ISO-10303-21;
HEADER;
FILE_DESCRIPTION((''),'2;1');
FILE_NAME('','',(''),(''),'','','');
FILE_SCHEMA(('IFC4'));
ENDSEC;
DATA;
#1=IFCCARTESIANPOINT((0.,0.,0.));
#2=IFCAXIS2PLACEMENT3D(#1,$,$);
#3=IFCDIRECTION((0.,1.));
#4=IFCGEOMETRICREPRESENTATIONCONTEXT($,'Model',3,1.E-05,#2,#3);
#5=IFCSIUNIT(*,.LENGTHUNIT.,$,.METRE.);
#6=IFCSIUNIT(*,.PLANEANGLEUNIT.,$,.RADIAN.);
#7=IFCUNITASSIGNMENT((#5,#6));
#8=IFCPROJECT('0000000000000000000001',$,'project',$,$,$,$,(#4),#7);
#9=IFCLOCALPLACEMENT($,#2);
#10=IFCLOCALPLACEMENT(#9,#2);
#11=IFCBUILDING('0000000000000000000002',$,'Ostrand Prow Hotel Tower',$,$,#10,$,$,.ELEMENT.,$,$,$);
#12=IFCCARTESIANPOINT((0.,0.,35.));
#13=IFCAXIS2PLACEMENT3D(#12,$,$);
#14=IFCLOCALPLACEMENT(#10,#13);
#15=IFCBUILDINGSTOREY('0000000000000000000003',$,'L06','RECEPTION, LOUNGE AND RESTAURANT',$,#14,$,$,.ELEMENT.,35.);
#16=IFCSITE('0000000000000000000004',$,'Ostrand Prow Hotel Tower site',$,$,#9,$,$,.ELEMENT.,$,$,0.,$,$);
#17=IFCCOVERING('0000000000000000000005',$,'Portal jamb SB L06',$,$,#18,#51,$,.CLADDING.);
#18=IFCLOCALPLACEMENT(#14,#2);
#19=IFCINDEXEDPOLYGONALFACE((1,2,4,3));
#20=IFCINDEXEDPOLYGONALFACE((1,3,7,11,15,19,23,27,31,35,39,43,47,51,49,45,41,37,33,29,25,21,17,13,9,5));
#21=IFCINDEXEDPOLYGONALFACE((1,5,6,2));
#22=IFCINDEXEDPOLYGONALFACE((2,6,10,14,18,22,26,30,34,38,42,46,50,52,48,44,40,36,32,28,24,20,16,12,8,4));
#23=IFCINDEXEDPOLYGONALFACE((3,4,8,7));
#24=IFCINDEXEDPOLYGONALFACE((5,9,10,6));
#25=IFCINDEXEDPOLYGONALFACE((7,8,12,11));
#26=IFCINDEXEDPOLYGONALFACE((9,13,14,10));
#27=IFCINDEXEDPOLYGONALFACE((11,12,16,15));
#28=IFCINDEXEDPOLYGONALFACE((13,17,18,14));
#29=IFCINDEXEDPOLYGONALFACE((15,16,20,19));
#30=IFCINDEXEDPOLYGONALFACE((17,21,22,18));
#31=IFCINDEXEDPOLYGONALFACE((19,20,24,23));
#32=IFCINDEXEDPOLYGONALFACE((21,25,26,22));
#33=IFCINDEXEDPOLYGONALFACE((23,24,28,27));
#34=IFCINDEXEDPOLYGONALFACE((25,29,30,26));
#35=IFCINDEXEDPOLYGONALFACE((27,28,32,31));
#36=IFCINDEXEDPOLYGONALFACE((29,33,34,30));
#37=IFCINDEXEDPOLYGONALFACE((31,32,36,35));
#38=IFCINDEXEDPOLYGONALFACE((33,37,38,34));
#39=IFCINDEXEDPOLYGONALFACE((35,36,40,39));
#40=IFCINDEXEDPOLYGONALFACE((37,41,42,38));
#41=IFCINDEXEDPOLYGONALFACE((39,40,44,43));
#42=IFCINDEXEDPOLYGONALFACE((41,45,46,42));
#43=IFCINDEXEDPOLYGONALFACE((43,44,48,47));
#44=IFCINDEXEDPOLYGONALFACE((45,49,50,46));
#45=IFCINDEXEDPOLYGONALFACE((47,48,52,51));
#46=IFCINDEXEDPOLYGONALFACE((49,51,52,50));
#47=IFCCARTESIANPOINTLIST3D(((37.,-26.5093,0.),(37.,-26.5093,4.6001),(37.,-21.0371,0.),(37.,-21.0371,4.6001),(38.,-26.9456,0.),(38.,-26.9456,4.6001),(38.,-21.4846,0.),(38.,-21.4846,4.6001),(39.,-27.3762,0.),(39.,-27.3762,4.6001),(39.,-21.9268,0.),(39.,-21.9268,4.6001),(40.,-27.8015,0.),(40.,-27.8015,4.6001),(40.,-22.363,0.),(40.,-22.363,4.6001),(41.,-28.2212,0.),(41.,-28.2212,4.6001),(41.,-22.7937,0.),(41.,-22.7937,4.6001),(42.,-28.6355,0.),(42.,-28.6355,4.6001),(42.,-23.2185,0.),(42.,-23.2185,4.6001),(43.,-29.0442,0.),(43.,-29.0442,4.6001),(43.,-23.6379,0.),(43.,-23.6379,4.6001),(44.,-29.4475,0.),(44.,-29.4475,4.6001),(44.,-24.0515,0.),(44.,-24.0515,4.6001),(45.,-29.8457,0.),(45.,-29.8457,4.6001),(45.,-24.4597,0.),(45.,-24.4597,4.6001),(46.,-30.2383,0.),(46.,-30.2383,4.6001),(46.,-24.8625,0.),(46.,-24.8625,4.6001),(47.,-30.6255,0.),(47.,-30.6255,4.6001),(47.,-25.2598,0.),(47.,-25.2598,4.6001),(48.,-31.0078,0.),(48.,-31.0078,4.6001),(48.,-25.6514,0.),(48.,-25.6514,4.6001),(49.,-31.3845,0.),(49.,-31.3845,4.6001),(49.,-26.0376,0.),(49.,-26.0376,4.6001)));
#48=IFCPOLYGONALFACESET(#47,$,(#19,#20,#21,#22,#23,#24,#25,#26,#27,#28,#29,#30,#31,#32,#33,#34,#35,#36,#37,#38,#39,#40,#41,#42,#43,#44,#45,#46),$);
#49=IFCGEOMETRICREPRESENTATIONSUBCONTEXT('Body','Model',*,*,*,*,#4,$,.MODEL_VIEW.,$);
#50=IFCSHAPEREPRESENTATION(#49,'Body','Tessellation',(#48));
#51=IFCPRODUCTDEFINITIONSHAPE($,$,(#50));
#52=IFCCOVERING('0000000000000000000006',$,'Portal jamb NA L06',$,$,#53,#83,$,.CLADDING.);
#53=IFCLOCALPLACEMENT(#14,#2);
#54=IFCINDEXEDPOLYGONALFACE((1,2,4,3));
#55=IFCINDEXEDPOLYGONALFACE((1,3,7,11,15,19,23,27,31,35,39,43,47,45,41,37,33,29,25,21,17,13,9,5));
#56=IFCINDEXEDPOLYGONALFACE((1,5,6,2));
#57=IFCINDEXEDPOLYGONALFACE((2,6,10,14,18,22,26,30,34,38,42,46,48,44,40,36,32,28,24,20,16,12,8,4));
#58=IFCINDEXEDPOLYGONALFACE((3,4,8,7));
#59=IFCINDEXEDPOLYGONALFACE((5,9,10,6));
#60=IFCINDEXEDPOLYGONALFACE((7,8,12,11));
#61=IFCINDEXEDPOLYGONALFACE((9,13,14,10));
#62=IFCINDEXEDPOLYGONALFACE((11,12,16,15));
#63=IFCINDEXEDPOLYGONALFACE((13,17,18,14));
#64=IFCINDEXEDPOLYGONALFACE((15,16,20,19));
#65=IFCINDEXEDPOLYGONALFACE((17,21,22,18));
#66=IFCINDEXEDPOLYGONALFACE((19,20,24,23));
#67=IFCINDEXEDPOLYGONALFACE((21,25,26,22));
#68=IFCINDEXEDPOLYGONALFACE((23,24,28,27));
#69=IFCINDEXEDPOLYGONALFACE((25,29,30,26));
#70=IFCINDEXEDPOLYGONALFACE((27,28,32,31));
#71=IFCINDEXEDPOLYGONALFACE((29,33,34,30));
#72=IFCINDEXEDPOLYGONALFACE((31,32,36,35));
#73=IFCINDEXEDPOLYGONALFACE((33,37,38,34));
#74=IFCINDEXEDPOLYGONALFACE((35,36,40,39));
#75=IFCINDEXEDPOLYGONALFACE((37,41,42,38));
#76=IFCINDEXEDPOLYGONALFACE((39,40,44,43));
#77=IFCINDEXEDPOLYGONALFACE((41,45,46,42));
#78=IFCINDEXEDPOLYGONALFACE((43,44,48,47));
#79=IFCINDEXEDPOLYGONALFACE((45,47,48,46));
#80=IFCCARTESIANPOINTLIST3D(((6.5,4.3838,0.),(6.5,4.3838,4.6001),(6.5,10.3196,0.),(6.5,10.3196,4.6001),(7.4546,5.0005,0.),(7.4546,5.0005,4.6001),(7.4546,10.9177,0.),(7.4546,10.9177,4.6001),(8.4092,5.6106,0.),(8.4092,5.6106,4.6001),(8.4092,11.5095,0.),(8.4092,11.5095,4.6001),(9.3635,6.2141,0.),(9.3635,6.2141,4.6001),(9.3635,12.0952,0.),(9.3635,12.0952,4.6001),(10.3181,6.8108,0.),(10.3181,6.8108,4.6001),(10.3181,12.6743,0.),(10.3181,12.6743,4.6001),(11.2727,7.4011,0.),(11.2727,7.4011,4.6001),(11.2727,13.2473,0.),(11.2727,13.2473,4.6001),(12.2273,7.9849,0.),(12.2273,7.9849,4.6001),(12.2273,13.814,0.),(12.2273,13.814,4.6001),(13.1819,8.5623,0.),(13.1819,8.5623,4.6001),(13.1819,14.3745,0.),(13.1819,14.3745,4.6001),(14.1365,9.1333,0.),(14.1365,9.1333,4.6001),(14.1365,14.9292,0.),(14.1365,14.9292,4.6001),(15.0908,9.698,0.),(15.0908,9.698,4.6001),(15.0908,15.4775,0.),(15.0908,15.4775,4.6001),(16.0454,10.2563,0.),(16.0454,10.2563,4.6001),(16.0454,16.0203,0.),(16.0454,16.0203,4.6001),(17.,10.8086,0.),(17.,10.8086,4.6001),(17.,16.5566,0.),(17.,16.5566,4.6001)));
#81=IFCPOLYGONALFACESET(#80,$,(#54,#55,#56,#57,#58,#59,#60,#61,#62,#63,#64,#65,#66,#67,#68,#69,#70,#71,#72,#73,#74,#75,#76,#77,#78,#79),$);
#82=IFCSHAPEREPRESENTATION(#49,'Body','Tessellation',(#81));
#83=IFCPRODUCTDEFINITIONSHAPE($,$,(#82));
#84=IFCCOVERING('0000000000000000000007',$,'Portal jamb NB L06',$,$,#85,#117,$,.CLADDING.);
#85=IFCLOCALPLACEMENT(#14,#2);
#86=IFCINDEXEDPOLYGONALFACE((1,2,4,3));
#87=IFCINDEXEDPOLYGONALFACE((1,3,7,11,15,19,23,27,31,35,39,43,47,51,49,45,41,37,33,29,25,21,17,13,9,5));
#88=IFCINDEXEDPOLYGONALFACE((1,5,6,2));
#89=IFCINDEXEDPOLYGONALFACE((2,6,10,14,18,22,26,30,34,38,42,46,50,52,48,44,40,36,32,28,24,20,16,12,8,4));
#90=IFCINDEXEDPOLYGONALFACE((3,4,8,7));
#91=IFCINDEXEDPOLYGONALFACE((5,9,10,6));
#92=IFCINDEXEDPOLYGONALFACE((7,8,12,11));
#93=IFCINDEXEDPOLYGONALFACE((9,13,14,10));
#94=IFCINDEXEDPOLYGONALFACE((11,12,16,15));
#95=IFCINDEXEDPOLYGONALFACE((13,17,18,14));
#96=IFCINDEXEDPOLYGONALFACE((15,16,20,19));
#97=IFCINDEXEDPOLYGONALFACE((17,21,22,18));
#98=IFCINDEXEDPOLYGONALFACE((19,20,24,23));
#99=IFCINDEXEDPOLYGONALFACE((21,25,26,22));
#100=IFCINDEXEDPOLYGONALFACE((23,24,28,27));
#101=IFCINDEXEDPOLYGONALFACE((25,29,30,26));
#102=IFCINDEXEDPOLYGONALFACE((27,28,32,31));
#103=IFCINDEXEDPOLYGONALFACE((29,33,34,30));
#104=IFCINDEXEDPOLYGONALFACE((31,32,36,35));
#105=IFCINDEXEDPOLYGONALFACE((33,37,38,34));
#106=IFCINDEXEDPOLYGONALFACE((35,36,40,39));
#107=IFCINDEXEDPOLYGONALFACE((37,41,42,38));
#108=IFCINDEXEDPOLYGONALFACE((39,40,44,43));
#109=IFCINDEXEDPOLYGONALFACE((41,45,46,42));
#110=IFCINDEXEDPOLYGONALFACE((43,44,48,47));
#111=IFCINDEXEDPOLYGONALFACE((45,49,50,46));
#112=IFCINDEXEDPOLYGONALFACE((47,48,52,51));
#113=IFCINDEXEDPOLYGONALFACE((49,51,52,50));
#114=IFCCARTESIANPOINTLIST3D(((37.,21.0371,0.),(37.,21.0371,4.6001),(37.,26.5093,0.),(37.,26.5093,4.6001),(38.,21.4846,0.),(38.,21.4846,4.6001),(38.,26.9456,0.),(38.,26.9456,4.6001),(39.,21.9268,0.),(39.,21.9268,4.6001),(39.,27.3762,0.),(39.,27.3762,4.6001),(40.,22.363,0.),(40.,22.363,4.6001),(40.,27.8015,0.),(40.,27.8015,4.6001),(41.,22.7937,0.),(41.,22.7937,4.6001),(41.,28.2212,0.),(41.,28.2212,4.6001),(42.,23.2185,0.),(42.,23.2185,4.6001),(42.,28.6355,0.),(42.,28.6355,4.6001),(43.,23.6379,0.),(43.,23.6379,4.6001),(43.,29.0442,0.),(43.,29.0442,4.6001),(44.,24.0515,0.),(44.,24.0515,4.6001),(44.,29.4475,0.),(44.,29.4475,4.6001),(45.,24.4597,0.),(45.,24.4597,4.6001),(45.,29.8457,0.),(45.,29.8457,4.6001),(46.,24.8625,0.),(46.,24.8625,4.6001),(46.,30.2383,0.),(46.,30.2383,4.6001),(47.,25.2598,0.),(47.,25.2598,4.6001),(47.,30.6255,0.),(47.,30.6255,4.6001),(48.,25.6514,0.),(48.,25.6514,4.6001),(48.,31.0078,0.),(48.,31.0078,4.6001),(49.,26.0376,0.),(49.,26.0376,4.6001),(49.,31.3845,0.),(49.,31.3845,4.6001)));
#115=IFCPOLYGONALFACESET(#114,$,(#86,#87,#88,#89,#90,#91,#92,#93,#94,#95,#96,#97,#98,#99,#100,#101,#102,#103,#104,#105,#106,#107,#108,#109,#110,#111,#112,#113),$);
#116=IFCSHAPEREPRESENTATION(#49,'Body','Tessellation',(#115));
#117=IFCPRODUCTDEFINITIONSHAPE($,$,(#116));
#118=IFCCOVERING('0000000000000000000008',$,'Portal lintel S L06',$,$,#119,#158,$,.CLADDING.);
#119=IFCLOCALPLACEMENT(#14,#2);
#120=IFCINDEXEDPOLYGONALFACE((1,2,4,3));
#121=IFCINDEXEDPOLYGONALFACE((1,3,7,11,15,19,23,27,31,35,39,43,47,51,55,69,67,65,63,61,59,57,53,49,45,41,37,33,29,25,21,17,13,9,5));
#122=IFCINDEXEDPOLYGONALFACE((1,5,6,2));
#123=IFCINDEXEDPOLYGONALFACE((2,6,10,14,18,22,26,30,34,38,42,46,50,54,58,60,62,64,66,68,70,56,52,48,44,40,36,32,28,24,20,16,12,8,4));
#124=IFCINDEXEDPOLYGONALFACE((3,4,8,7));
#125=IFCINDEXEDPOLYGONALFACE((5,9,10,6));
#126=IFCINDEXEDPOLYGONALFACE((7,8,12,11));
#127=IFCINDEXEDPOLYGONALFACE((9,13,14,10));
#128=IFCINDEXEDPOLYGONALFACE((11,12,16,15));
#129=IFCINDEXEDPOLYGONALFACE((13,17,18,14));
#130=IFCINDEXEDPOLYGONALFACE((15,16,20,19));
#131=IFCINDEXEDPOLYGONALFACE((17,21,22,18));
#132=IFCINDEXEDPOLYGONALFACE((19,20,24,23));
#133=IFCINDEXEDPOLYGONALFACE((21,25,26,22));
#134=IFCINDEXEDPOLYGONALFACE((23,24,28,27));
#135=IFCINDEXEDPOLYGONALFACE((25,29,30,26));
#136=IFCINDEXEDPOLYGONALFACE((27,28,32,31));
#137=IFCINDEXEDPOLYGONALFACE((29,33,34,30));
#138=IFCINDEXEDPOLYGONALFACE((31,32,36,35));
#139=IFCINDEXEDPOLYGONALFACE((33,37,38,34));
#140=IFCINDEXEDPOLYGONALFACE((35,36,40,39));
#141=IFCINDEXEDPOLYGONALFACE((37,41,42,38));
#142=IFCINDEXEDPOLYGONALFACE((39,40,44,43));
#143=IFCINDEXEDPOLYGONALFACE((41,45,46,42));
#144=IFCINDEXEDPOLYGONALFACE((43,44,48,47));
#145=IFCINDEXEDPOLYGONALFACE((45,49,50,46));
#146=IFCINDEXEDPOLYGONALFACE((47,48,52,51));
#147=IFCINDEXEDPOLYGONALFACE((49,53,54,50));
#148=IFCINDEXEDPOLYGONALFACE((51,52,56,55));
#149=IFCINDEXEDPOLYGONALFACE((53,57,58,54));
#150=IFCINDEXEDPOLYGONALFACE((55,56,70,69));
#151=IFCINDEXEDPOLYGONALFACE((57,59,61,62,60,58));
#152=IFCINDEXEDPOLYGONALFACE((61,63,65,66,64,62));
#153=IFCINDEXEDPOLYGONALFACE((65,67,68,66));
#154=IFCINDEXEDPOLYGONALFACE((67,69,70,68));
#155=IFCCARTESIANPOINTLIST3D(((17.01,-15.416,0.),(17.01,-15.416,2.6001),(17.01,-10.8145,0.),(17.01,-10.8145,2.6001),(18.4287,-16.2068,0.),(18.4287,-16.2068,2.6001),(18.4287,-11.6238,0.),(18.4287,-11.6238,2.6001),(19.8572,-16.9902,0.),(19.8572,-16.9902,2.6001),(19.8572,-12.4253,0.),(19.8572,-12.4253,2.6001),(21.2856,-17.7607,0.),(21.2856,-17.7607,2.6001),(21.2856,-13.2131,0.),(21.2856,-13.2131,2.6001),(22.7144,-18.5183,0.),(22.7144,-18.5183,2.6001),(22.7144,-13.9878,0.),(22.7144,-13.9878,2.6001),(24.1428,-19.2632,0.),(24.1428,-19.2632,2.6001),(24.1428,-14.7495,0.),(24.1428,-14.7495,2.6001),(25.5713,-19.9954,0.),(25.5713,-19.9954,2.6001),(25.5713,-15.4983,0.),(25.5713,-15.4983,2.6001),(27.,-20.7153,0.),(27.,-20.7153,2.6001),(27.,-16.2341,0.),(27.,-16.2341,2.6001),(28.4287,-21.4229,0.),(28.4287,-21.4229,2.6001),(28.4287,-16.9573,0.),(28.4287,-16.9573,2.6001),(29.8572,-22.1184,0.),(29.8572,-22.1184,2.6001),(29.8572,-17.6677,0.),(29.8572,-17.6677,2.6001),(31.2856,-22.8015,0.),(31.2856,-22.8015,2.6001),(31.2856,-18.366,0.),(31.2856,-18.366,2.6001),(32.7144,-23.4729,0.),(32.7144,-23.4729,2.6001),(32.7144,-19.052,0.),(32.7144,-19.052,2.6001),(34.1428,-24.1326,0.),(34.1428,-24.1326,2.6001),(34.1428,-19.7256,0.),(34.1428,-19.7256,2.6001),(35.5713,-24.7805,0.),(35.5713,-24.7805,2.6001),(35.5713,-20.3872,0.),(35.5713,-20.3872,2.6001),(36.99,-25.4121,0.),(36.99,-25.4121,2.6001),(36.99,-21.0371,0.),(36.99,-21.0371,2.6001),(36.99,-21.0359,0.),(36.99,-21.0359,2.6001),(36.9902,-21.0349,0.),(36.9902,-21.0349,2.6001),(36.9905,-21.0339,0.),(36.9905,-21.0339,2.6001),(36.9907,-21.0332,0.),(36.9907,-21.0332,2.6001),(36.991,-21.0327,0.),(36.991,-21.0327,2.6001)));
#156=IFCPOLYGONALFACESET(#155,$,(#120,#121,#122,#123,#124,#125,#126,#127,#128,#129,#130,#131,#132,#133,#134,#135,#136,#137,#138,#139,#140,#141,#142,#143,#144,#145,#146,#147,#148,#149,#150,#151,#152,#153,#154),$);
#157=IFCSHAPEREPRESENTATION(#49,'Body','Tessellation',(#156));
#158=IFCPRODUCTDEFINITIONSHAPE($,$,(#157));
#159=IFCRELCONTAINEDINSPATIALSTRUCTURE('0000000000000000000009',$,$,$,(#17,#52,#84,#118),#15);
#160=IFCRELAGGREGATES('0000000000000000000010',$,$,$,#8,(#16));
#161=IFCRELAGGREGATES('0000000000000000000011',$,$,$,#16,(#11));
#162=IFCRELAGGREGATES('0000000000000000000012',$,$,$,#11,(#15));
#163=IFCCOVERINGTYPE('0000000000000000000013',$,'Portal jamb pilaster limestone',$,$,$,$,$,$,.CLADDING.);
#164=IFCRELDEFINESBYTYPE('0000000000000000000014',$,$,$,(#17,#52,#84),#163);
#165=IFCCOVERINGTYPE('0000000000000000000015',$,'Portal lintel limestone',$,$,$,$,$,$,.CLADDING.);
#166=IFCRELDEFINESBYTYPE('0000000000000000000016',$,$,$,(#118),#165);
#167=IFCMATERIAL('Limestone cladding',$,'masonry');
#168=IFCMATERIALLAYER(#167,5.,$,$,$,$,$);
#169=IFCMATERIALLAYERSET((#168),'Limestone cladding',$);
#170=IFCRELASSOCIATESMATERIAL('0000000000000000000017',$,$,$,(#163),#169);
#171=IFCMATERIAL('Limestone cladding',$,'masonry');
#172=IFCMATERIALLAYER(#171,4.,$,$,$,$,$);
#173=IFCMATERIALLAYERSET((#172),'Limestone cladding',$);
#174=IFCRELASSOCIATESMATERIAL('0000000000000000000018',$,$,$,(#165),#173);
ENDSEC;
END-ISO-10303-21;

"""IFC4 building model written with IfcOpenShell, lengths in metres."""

from ifc_helpers import new_model, si_unit, direction, frame, origin, place, context, subcontext, project, spatial, polyline, outline, extrude, material, layer, layer_set, type_object, element, save


model = new_model("IFC4")

# Units and contexts
model_context = context("Model", 3, precision=1e-05, world=origin(), true_north=direction((0.0, 1.0)))
body_context = subcontext(model_context, "Body", "Model", "MODEL_VIEW")
ifc_project = project(units=[si_unit("LENGTHUNIT", "METRE"), si_unit("PLANEANGLEUNIT", "RADIAN")], contexts=[model_context])

# Site, building, storey
site_placement = place(None, origin())
site = spatial("IfcSite", under=ifc_project, at=site_placement, Name="Ostrand Prow Hotel Tower site", CompositionType="ELEMENT", RefElevation=0.0)
building_placement = place(site_placement, origin())
building = spatial("IfcBuilding", under=site, at=building_placement, Name="Ostrand Prow Hotel Tower", CompositionType="ELEMENT")
storey_placement = place(building_placement, frame((0.0, 0.0, 35.0)))
storey = spatial("IfcBuildingStorey", under=building, at=storey_placement, Name="L06", Description="RECEPTION, LOUNGE AND RESTAURANT", CompositionType="ELEMENT", Elevation=35.0)

# Coverings
ifc_material_1 = material(Name="Limestone cladding", Category="masonry")
ifc_layer_1 = layer(ifc_material_1, 5.0)
ifc_layer_set_1 = layer_set([ifc_layer_1], Name="Limestone cladding")
covering_type_1 = type_object("IfcCoveringType", Name="Portal jamb pilaster limestone", PredefinedType="CLADDING", material=ifc_layer_set_1)
covering_1_placement = place(storey_placement, origin())
element("IfcCovering", 1, at=covering_1_placement, inside=storey, type_object=covering_type_1, Name="Portal jamb SB L06", PredefinedType="CLADDING", context=body_context, shape_type="SweptSolid", body=[
    extrude(outline(polyline([(37.0, -21.0371), (37.0, -26.5093), (38.0, -26.9456), (39.0, -27.3762), (40.0, -27.8015), (41.0, -28.2212), (42.0, -28.6355), (43.0, -29.0442), (44.0, -29.4475), (45.0, -29.8457), (46.0, -30.2383), (47.0, -30.6255), (48.0, -31.0078), (49.0, -31.3845), (49.0, -26.0376), (48.0, -25.6514), (47.0, -25.2598), (46.0, -24.8625), (45.0, -24.4597), (44.0, -24.0515), (43.0, -23.6379), (42.0, -23.2185), (41.0, -22.7937), (40.0, -22.363), (39.0, -21.9268), (38.0, -21.4846), (37.0, -21.0371)])), origin(), (0.0, 0.0, 1.0), 4.6001),
])
covering_2_placement = place(storey_placement, origin())
element("IfcCovering", 2, at=covering_2_placement, inside=storey, type_object=covering_type_1, Name="Portal jamb NA L06", PredefinedType="CLADDING", context=body_context, shape_type="SweptSolid", body=[
    extrude(outline(polyline([(6.5, 4.3838), (7.4546, 5.0005), (8.4092, 5.6106), (9.3635, 6.2141), (10.3181, 6.8108), (11.2727, 7.4011), (12.2273, 7.9849), (13.1819, 8.5623), (14.1365, 9.1333), (15.0908, 9.698), (16.0454, 10.2563), (17.0, 10.8086), (17.0, 16.5566), (16.0454, 16.0203), (15.0908, 15.4775), (14.1365, 14.9292), (13.1819, 14.3745), (12.2273, 13.814), (11.2727, 13.2473), (10.3181, 12.6743), (9.3635, 12.0952), (8.4092, 11.5095), (7.4546, 10.9177), (6.5, 10.3196), (6.5, 4.3838)])), origin(), (0.0, 0.0, 1.0), 4.6001),
])
covering_3_placement = place(storey_placement, origin())
element("IfcCovering", 3, at=covering_3_placement, inside=storey, type_object=covering_type_1, Name="Portal jamb NB L06", PredefinedType="CLADDING", context=body_context, shape_type="SweptSolid", body=[
    extrude(outline(polyline([(37.0, 21.0371), (38.0, 21.4846), (39.0, 21.9268), (40.0, 22.363), (41.0, 22.7937), (42.0, 23.2185), (43.0, 23.6379), (44.0, 24.0515), (45.0, 24.4597), (46.0, 24.8625), (47.0, 25.2598), (48.0, 25.6514), (49.0, 26.0376), (49.0, 31.3845), (48.0, 31.0078), (47.0, 30.6255), (46.0, 30.2383), (45.0, 29.8457), (44.0, 29.4475), (43.0, 29.0442), (42.0, 28.6355), (41.0, 28.2212), (40.0, 27.8015), (39.0, 27.3762), (38.0, 26.9456), (37.0, 26.5093), (37.0, 21.0371)])), origin(), (0.0, 0.0, 1.0), 4.6001),
])
ifc_material_2 = material(Name="Limestone cladding", Category="masonry")
ifc_layer_2 = layer(ifc_material_2, 4.0)
ifc_layer_set_2 = layer_set([ifc_layer_2], Name="Limestone cladding")
covering_type_2 = type_object("IfcCoveringType", Name="Portal lintel limestone", PredefinedType="CLADDING", material=ifc_layer_set_2)
covering_4_placement = place(storey_placement, origin())
element("IfcCovering", 4, at=covering_4_placement, inside=storey, type_object=covering_type_2, Name="Portal lintel S L06", PredefinedType="CLADDING", context=body_context, shape_type="SweptSolid", body=[
    extrude(outline(polyline([(18.4287, -11.6238), (17.01, -10.8145), (17.01, -15.416), (18.4287, -16.2068), (19.8572, -16.9902), (21.2856, -17.7607), (22.7144, -18.5183), (24.1428, -19.2632), (25.5713, -19.9954), (27.0, -20.7153), (28.4287, -21.4229), (29.8572, -22.1184), (31.2856, -22.8015), (32.7144, -23.4729), (34.1428, -24.1326), (35.5713, -24.7805), (36.99, -25.4121), (36.99, -21.0371), (36.99, -21.0359), (36.9902, -21.0349), (36.9905, -21.0339), (36.9907, -21.0332), (36.991, -21.0327), (35.5713, -20.3872), (34.1428, -19.7256), (32.7144, -19.052), (31.2856, -18.366), (29.8572, -17.6677), (28.4287, -16.9573), (27.0, -16.2341), (25.5713, -15.4983), (24.1428, -14.7495), (22.7144, -13.9878), (21.2856, -13.2131), (19.8572, -12.4253), (18.4287, -11.6238)])), origin(), (0.0, 0.0, 1.0), 2.6001),
])

save(model, "model.ifc")
